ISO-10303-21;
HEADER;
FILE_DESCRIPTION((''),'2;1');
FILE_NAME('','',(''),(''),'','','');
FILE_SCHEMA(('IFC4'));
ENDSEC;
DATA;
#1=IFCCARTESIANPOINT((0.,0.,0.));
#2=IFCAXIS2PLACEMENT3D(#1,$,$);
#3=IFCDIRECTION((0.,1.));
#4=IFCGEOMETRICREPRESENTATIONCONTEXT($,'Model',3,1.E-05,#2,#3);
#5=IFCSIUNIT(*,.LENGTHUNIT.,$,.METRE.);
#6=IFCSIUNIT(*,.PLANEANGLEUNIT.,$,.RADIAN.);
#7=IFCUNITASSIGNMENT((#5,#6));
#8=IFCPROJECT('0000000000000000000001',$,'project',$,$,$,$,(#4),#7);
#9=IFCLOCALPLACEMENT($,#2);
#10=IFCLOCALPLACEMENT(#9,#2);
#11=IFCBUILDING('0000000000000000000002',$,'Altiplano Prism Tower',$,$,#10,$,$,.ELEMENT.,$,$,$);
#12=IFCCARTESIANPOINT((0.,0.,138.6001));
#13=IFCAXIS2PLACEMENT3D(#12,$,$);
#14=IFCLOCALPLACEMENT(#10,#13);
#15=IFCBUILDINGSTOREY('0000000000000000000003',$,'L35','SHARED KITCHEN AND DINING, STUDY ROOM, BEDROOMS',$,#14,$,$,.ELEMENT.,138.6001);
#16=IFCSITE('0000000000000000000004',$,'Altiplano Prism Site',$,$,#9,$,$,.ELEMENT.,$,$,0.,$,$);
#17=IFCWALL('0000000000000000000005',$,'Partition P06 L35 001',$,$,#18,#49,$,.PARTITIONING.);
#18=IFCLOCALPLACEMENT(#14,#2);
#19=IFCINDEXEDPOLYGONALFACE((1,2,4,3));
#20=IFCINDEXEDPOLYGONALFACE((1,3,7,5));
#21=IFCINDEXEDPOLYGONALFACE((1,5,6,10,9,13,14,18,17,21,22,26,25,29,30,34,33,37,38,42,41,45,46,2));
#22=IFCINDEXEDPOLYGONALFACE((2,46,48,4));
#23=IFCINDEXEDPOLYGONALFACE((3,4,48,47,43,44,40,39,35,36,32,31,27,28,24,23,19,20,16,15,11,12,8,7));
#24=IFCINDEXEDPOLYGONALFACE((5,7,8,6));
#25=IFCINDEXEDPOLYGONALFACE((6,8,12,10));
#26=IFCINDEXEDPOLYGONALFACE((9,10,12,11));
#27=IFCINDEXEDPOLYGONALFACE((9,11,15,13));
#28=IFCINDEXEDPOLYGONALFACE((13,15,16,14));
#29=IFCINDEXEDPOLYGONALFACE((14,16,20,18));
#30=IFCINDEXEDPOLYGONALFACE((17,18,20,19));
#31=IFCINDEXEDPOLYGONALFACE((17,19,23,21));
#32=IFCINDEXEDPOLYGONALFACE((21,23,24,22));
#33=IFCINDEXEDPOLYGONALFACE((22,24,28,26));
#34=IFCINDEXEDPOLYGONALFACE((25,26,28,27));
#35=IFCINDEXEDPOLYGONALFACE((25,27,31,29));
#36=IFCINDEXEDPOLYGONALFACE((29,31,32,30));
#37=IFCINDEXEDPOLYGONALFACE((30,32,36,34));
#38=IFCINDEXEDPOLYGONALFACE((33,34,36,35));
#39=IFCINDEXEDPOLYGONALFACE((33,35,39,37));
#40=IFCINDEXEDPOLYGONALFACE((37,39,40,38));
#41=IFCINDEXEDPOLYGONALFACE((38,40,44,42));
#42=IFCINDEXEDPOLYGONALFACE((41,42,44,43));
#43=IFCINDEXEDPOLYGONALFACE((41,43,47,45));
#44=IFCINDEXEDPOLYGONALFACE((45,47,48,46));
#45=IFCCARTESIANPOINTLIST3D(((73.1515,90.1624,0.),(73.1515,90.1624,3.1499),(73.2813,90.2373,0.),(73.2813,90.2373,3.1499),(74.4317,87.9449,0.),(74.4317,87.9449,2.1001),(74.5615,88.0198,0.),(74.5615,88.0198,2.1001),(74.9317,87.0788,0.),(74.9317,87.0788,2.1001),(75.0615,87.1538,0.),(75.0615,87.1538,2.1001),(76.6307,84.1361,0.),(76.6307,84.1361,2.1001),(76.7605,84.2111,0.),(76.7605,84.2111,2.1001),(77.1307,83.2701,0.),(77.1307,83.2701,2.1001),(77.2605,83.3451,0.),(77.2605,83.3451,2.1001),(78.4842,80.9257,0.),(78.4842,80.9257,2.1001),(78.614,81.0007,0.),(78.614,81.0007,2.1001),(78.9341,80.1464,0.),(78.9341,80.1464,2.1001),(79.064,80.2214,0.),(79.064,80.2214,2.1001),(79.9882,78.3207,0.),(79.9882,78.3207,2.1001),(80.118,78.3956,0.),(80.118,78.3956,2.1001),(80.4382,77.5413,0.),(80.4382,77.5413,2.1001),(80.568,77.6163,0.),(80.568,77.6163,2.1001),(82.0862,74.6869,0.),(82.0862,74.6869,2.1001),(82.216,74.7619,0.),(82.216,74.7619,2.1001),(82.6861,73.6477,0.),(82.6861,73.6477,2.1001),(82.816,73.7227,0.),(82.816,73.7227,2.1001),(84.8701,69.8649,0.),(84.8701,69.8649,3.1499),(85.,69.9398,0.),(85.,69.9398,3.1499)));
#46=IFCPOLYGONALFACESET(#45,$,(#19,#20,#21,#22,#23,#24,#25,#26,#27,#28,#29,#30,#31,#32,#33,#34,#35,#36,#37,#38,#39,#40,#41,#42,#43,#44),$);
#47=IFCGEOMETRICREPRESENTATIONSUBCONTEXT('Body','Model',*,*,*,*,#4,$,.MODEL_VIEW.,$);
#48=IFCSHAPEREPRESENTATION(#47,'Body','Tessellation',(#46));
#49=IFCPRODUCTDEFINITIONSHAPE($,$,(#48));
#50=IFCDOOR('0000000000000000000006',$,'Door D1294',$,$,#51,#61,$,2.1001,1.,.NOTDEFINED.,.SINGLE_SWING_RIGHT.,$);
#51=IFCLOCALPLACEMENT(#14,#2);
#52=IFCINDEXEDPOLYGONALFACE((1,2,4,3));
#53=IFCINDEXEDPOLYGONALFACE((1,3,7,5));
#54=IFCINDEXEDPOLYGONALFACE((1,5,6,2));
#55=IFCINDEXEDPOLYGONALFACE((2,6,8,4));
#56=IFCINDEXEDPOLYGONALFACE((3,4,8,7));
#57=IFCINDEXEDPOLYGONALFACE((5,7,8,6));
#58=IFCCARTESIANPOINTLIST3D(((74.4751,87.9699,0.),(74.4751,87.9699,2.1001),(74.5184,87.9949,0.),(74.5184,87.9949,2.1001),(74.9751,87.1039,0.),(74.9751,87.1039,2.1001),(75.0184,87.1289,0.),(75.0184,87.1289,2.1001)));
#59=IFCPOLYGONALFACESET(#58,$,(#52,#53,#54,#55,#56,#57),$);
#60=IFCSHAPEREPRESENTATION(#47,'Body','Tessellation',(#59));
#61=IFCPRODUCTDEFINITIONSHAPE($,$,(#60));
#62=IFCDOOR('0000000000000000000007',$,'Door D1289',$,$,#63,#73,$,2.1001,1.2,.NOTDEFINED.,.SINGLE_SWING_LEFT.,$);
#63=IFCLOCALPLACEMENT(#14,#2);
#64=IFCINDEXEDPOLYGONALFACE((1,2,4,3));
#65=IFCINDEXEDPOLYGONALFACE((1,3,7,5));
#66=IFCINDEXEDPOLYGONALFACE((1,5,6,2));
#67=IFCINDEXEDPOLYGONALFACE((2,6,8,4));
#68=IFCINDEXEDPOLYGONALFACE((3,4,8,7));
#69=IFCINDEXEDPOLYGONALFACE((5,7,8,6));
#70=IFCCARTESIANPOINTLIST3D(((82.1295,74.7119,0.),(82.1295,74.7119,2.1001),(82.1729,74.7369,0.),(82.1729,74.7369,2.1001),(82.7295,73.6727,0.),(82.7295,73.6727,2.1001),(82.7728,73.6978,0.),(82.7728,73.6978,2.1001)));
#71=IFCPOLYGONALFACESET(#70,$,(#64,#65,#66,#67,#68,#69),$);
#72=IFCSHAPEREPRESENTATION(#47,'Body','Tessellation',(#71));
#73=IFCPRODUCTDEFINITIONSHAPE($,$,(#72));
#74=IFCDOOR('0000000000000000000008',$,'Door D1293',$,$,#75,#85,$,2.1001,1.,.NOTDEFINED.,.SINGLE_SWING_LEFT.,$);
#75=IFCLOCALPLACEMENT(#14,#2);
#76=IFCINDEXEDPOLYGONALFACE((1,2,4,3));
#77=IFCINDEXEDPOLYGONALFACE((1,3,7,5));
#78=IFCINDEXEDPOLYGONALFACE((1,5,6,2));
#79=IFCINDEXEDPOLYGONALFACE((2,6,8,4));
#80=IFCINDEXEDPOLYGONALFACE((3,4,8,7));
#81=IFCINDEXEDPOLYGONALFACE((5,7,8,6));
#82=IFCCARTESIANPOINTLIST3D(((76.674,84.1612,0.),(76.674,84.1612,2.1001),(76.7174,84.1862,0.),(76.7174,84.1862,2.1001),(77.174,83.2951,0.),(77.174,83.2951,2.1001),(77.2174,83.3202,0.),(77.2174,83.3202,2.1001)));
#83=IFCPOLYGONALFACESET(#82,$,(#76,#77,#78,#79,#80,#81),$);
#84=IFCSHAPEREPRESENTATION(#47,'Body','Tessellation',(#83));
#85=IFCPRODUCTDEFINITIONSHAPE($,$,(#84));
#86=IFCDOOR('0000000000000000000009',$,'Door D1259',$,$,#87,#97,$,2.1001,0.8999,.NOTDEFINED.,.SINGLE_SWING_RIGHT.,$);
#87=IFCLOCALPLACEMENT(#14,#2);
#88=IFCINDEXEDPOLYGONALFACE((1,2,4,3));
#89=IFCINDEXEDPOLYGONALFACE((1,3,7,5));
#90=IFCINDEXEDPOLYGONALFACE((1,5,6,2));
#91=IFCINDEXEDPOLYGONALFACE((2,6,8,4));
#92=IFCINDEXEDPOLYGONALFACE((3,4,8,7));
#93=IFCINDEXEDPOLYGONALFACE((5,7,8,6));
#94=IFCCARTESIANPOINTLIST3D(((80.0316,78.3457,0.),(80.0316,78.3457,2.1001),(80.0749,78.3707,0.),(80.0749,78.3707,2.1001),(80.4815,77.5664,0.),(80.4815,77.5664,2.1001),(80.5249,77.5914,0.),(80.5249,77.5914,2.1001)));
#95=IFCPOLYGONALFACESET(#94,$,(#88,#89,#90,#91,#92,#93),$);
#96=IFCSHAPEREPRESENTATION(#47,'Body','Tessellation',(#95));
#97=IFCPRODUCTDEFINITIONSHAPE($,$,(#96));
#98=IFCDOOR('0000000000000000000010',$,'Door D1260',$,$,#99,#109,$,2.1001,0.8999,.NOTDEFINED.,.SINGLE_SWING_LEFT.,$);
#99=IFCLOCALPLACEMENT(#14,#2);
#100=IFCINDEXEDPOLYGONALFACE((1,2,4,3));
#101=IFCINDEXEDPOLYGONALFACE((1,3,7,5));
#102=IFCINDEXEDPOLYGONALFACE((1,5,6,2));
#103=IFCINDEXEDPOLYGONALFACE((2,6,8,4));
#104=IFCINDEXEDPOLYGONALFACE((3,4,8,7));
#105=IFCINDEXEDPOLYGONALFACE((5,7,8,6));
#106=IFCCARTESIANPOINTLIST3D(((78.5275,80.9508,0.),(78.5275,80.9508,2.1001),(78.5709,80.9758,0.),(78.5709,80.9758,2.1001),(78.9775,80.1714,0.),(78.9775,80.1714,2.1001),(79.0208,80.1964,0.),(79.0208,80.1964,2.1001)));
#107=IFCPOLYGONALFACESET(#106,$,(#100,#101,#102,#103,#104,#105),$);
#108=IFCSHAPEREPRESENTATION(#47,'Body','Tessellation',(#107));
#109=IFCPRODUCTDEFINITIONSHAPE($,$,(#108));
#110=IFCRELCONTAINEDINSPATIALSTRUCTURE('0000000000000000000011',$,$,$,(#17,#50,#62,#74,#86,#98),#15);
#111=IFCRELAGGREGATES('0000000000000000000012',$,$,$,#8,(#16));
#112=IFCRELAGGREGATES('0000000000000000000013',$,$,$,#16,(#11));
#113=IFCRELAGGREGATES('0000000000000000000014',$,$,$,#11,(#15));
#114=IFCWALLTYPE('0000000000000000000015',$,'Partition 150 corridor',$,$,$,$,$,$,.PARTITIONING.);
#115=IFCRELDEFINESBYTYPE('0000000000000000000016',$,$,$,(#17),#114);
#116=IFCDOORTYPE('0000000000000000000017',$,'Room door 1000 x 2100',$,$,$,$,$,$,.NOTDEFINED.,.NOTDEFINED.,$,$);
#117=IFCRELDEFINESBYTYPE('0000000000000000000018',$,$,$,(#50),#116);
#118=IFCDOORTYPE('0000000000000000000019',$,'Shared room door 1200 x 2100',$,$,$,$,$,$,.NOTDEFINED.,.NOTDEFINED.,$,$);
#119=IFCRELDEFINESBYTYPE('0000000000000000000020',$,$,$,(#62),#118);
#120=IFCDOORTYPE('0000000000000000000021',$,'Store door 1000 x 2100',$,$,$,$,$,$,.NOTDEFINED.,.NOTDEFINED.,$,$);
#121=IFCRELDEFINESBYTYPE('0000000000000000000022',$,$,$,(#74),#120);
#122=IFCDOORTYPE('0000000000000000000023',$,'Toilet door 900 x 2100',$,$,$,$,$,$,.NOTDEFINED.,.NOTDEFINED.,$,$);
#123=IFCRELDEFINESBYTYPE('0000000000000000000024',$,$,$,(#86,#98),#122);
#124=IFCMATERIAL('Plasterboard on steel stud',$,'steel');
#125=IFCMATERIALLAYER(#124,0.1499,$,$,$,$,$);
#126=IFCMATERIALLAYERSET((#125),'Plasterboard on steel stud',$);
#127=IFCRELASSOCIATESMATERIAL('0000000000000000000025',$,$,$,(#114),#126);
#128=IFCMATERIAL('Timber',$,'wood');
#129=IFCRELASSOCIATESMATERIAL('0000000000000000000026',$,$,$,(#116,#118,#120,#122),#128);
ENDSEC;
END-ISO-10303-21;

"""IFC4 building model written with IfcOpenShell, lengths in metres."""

from ifc_helpers import new_model, si_unit, direction, frame, frame_2d, origin, place, context, subcontext, project, spatial, rectangle, extrude, material, layer, layer_set, type_object, element, fill, save


model = new_model("IFC4")

# Units and contexts
model_context = context("Model", 3, precision=1e-05, world=origin(), true_north=direction((0.0, 1.0)))
body_context = subcontext(model_context, "Body", "Model", "MODEL_VIEW")
ifc_project = project(units=[si_unit("LENGTHUNIT", "METRE"), si_unit("PLANEANGLEUNIT", "RADIAN")], contexts=[model_context])

# Site, building, storey
site_placement = place(None, origin())
site = spatial("IfcSite", under=ifc_project, at=site_placement, Name="Altiplano Prism Site", CompositionType="ELEMENT", RefElevation=0.0)
building_placement = place(site_placement, origin())
building = spatial("IfcBuilding", under=site, at=building_placement, Name="Altiplano Prism Tower", CompositionType="ELEMENT")
storey_placement = place(building_placement, frame((0.0, 0.0, 138.6001)))
storey = spatial("IfcBuildingStorey", under=building, at=storey_placement, Name="L35", Description="SHARED KITCHEN AND DINING, STUDY ROOM, BEDROOMS", CompositionType="ELEMENT", Elevation=138.6001)

# Shared definitions
ifc_material_1 = material(Name="Plasterboard on steel stud", Category="steel")

# Shared definitions
ifc_material_2 = material(Name="Timber", Category="wood")

# Wall, openings, doors
ifc_layer_1 = layer(ifc_material_1, 0.1499)
ifc_layer_set_1 = layer_set([ifc_layer_1], Name="Plasterboard on steel stud")
wall_type_1 = type_object("IfcWallType", Name="Partition 150 corridor", PredefinedType="PARTITIONING", material=ifc_layer_set_1)
wall_1_placement = place(storey_placement, frame((84.9351, 69.9023, 0.0), z_axis=(0.0, 0.0, 1.0), x_axis=(-0.499997, 0.866027, 0.0)))
wall_1 = element("IfcWall", 1, at=wall_1_placement, inside=storey, type_object=wall_type_1, Name="Partition P06 L35 001", PredefinedType="PARTITIONING", context=body_context, shape_type="SweptSolid", body=[
    extrude(rectangle(XDim=23.4375, YDim=0.1499, at=frame_2d((11.7188, 0.0))), origin(), (0.0, 0.0, 1.0), 3.1499),
])
opening_1_placement = place(wall_1_placement, frame((8.864, 0.0, 0.0)))
opening_1 = element("IfcOpeningElement", 2, at=opening_1_placement, cuts=wall_1, PredefinedType="OPENING", context=body_context, shape_type="SweptSolid", body=[
    extrude(rectangle(XDim=0.8999, YDim=2.1001, at=frame_2d((0.45, 1.05))), frame((0.0, 0.0854, 0.0), z_axis=(0.0, -1.0, 0.0), x_axis=(1.0, 0.0, 0.0)), (0.0, 0.0, 1.0), 0.1709),
])
opening_2_placement = place(wall_1_placement, frame((11.8721, 0.0, 0.0)))
opening_2 = element("IfcOpeningElement", 3, at=opening_2_placement, cuts=wall_1, PredefinedType="OPENING", context=body_context, shape_type="SweptSolid", body=[
    extrude(rectangle(XDim=0.8999, YDim=2.1001, at=frame_2d((0.45, 1.05))), frame((0.0, 0.0854, 0.0), z_axis=(0.0, -1.0, 0.0), x_axis=(1.0, 0.0, 0.0)), (0.0, 0.0, 1.0), 0.1709),
])
opening_3_placement = place(wall_1_placement, frame((4.3679, 0.0, 0.0)))
opening_3 = element("IfcOpeningElement", 4, at=opening_3_placement, cuts=wall_1, PredefinedType="OPENING", context=body_context, shape_type="SweptSolid", body=[
    extrude(rectangle(XDim=1.2, YDim=2.1001, at=frame_2d((0.6001, 1.05))), frame((0.0, 0.0854, 0.0), z_axis=(0.0, -1.0, 0.0), x_axis=(1.0, 0.0, 0.0)), (0.0, 0.0, 1.0), 0.1709),
])
opening_4_placement = place(wall_1_placement, frame((15.479, 0.0, 0.0)))
opening_4 = element("IfcOpeningElement", 5, at=opening_4_placement, cuts=wall_1, PredefinedType="OPENING", context=body_context, shape_type="SweptSolid", body=[
    extrude(rectangle(XDim=1.0, YDim=2.1001, at=frame_2d((0.5, 1.05))), frame((0.0, 0.0854, 0.0), z_axis=(0.0, -1.0, 0.0), x_axis=(1.0, 0.0, 0.0)), (0.0, 0.0, 1.0), 0.1709),
])
opening_5_placement = place(wall_1_placement, frame((19.877, 0.0, 0.0)))
opening_5 = element("IfcOpeningElement", 6, at=opening_5_placement, cuts=wall_1, PredefinedType="OPENING", context=body_context, shape_type="SweptSolid", body=[
    extrude(rectangle(XDim=1.0, YDim=2.1001, at=frame_2d((0.5, 1.05))), frame((0.0, 0.0854, 0.0), z_axis=(0.0, -1.0, 0.0), x_axis=(1.0, 0.0, 0.0)), (0.0, 0.0, 1.0), 0.1709),
])
door_type_1 = type_object("IfcDoorType", Name="Room door 1000 x 2100", OperationType="NOTDEFINED", PredefinedType="NOTDEFINED", material=ifc_material_2)
door_1_placement = place(opening_5_placement, origin())
door_1 = element("IfcDoor", 7, at=door_1_placement, inside=storey, type_object=door_type_1, Name="Door D1294", OperationType="SINGLE_SWING_RIGHT", OverallHeight=2.1001, OverallWidth=1.0, PredefinedType="NOTDEFINED", context=body_context, shape_type="SweptSolid", body=[
    extrude(rectangle(XDim=1.0, YDim=2.1001, at=frame_2d((0.5, 1.05))), frame((0.0, 0.0249, 0.0), z_axis=(0.0, -1.0, 0.0), x_axis=(1.0, 0.0, 0.0)), (0.0, 0.0, 1.0), 0.05),
])
fill(opening_5, door_1)
door_type_2 = type_object("IfcDoorType", Name="Shared room door 1200 x 2100", OperationType="NOTDEFINED", PredefinedType="NOTDEFINED", material=ifc_material_2)
door_2_placement = place(opening_3_placement, origin())
door_2 = element("IfcDoor", 8, at=door_2_placement, inside=storey, type_object=door_type_2, Name="Door D1289", OperationType="SINGLE_SWING_LEFT", OverallHeight=2.1001, OverallWidth=1.2, PredefinedType="NOTDEFINED", context=body_context, shape_type="SweptSolid", body=[
    extrude(rectangle(XDim=1.2, YDim=2.1001, at=frame_2d((0.6001, 1.05))), frame((0.0, 0.0249, 0.0), z_axis=(0.0, -1.0, 0.0), x_axis=(1.0, 0.0, 0.0)), (0.0, 0.0, 1.0), 0.05),
])
fill(opening_3, door_2)
door_type_3 = type_object("IfcDoorType", Name="Store door 1000 x 2100", OperationType="NOTDEFINED", PredefinedType="NOTDEFINED", material=ifc_material_2)
door_3_placement = place(opening_4_placement, origin())
door_3 = element("IfcDoor", 9, at=door_3_placement, inside=storey, type_object=door_type_3, Name="Door D1293", OperationType="SINGLE_SWING_LEFT", OverallHeight=2.1001, OverallWidth=1.0, PredefinedType="NOTDEFINED", context=body_context, shape_type="SweptSolid", body=[
    extrude(rectangle(XDim=1.0, YDim=2.1001, at=frame_2d((0.5, 1.05))), frame((0.0, 0.0249, 0.0), z_axis=(0.0, -1.0, 0.0), x_axis=(1.0, 0.0, 0.0)), (0.0, 0.0, 1.0), 0.05),
])
fill(opening_4, door_3)
door_type_4 = type_object("IfcDoorType", Name="Toilet door 900 x 2100", OperationType="NOTDEFINED", PredefinedType="NOTDEFINED", material=ifc_material_2)
door_4_placement = place(opening_1_placement, origin())
door_4 = element("IfcDoor", 10, at=door_4_placement, inside=storey, type_object=door_type_4, Name="Door D1259", OperationType="SINGLE_SWING_RIGHT", OverallHeight=2.1001, OverallWidth=0.8999, PredefinedType="NOTDEFINED", context=body_context, shape_type="SweptSolid", body=[
    extrude(rectangle(XDim=0.8999, YDim=2.1001, at=frame_2d((0.45, 1.05))), frame((0.0, 0.0249, 0.0), z_axis=(0.0, -1.0, 0.0), x_axis=(1.0, 0.0, 0.0)), (0.0, 0.0, 1.0), 0.05),
])
fill(opening_1, door_4)
door_5_placement = place(opening_2_placement, origin())
door_5 = element("IfcDoor", 11, at=door_5_placement, inside=storey, type_object=door_type_4, Name="Door D1260", OperationType="SINGLE_SWING_LEFT", OverallHeight=2.1001, OverallWidth=0.8999, PredefinedType="NOTDEFINED", context=body_context, shape_type="SweptSolid", body=[
    extrude(rectangle(XDim=0.8999, YDim=2.1001, at=frame_2d((0.45, 1.05))), frame((0.0, 0.0249, 0.0), z_axis=(0.0, -1.0, 0.0), x_axis=(1.0, 0.0, 0.0)), (0.0, 0.0, 1.0), 0.05),
])
fill(opening_2, door_5)

save(model, "model.ifc")
